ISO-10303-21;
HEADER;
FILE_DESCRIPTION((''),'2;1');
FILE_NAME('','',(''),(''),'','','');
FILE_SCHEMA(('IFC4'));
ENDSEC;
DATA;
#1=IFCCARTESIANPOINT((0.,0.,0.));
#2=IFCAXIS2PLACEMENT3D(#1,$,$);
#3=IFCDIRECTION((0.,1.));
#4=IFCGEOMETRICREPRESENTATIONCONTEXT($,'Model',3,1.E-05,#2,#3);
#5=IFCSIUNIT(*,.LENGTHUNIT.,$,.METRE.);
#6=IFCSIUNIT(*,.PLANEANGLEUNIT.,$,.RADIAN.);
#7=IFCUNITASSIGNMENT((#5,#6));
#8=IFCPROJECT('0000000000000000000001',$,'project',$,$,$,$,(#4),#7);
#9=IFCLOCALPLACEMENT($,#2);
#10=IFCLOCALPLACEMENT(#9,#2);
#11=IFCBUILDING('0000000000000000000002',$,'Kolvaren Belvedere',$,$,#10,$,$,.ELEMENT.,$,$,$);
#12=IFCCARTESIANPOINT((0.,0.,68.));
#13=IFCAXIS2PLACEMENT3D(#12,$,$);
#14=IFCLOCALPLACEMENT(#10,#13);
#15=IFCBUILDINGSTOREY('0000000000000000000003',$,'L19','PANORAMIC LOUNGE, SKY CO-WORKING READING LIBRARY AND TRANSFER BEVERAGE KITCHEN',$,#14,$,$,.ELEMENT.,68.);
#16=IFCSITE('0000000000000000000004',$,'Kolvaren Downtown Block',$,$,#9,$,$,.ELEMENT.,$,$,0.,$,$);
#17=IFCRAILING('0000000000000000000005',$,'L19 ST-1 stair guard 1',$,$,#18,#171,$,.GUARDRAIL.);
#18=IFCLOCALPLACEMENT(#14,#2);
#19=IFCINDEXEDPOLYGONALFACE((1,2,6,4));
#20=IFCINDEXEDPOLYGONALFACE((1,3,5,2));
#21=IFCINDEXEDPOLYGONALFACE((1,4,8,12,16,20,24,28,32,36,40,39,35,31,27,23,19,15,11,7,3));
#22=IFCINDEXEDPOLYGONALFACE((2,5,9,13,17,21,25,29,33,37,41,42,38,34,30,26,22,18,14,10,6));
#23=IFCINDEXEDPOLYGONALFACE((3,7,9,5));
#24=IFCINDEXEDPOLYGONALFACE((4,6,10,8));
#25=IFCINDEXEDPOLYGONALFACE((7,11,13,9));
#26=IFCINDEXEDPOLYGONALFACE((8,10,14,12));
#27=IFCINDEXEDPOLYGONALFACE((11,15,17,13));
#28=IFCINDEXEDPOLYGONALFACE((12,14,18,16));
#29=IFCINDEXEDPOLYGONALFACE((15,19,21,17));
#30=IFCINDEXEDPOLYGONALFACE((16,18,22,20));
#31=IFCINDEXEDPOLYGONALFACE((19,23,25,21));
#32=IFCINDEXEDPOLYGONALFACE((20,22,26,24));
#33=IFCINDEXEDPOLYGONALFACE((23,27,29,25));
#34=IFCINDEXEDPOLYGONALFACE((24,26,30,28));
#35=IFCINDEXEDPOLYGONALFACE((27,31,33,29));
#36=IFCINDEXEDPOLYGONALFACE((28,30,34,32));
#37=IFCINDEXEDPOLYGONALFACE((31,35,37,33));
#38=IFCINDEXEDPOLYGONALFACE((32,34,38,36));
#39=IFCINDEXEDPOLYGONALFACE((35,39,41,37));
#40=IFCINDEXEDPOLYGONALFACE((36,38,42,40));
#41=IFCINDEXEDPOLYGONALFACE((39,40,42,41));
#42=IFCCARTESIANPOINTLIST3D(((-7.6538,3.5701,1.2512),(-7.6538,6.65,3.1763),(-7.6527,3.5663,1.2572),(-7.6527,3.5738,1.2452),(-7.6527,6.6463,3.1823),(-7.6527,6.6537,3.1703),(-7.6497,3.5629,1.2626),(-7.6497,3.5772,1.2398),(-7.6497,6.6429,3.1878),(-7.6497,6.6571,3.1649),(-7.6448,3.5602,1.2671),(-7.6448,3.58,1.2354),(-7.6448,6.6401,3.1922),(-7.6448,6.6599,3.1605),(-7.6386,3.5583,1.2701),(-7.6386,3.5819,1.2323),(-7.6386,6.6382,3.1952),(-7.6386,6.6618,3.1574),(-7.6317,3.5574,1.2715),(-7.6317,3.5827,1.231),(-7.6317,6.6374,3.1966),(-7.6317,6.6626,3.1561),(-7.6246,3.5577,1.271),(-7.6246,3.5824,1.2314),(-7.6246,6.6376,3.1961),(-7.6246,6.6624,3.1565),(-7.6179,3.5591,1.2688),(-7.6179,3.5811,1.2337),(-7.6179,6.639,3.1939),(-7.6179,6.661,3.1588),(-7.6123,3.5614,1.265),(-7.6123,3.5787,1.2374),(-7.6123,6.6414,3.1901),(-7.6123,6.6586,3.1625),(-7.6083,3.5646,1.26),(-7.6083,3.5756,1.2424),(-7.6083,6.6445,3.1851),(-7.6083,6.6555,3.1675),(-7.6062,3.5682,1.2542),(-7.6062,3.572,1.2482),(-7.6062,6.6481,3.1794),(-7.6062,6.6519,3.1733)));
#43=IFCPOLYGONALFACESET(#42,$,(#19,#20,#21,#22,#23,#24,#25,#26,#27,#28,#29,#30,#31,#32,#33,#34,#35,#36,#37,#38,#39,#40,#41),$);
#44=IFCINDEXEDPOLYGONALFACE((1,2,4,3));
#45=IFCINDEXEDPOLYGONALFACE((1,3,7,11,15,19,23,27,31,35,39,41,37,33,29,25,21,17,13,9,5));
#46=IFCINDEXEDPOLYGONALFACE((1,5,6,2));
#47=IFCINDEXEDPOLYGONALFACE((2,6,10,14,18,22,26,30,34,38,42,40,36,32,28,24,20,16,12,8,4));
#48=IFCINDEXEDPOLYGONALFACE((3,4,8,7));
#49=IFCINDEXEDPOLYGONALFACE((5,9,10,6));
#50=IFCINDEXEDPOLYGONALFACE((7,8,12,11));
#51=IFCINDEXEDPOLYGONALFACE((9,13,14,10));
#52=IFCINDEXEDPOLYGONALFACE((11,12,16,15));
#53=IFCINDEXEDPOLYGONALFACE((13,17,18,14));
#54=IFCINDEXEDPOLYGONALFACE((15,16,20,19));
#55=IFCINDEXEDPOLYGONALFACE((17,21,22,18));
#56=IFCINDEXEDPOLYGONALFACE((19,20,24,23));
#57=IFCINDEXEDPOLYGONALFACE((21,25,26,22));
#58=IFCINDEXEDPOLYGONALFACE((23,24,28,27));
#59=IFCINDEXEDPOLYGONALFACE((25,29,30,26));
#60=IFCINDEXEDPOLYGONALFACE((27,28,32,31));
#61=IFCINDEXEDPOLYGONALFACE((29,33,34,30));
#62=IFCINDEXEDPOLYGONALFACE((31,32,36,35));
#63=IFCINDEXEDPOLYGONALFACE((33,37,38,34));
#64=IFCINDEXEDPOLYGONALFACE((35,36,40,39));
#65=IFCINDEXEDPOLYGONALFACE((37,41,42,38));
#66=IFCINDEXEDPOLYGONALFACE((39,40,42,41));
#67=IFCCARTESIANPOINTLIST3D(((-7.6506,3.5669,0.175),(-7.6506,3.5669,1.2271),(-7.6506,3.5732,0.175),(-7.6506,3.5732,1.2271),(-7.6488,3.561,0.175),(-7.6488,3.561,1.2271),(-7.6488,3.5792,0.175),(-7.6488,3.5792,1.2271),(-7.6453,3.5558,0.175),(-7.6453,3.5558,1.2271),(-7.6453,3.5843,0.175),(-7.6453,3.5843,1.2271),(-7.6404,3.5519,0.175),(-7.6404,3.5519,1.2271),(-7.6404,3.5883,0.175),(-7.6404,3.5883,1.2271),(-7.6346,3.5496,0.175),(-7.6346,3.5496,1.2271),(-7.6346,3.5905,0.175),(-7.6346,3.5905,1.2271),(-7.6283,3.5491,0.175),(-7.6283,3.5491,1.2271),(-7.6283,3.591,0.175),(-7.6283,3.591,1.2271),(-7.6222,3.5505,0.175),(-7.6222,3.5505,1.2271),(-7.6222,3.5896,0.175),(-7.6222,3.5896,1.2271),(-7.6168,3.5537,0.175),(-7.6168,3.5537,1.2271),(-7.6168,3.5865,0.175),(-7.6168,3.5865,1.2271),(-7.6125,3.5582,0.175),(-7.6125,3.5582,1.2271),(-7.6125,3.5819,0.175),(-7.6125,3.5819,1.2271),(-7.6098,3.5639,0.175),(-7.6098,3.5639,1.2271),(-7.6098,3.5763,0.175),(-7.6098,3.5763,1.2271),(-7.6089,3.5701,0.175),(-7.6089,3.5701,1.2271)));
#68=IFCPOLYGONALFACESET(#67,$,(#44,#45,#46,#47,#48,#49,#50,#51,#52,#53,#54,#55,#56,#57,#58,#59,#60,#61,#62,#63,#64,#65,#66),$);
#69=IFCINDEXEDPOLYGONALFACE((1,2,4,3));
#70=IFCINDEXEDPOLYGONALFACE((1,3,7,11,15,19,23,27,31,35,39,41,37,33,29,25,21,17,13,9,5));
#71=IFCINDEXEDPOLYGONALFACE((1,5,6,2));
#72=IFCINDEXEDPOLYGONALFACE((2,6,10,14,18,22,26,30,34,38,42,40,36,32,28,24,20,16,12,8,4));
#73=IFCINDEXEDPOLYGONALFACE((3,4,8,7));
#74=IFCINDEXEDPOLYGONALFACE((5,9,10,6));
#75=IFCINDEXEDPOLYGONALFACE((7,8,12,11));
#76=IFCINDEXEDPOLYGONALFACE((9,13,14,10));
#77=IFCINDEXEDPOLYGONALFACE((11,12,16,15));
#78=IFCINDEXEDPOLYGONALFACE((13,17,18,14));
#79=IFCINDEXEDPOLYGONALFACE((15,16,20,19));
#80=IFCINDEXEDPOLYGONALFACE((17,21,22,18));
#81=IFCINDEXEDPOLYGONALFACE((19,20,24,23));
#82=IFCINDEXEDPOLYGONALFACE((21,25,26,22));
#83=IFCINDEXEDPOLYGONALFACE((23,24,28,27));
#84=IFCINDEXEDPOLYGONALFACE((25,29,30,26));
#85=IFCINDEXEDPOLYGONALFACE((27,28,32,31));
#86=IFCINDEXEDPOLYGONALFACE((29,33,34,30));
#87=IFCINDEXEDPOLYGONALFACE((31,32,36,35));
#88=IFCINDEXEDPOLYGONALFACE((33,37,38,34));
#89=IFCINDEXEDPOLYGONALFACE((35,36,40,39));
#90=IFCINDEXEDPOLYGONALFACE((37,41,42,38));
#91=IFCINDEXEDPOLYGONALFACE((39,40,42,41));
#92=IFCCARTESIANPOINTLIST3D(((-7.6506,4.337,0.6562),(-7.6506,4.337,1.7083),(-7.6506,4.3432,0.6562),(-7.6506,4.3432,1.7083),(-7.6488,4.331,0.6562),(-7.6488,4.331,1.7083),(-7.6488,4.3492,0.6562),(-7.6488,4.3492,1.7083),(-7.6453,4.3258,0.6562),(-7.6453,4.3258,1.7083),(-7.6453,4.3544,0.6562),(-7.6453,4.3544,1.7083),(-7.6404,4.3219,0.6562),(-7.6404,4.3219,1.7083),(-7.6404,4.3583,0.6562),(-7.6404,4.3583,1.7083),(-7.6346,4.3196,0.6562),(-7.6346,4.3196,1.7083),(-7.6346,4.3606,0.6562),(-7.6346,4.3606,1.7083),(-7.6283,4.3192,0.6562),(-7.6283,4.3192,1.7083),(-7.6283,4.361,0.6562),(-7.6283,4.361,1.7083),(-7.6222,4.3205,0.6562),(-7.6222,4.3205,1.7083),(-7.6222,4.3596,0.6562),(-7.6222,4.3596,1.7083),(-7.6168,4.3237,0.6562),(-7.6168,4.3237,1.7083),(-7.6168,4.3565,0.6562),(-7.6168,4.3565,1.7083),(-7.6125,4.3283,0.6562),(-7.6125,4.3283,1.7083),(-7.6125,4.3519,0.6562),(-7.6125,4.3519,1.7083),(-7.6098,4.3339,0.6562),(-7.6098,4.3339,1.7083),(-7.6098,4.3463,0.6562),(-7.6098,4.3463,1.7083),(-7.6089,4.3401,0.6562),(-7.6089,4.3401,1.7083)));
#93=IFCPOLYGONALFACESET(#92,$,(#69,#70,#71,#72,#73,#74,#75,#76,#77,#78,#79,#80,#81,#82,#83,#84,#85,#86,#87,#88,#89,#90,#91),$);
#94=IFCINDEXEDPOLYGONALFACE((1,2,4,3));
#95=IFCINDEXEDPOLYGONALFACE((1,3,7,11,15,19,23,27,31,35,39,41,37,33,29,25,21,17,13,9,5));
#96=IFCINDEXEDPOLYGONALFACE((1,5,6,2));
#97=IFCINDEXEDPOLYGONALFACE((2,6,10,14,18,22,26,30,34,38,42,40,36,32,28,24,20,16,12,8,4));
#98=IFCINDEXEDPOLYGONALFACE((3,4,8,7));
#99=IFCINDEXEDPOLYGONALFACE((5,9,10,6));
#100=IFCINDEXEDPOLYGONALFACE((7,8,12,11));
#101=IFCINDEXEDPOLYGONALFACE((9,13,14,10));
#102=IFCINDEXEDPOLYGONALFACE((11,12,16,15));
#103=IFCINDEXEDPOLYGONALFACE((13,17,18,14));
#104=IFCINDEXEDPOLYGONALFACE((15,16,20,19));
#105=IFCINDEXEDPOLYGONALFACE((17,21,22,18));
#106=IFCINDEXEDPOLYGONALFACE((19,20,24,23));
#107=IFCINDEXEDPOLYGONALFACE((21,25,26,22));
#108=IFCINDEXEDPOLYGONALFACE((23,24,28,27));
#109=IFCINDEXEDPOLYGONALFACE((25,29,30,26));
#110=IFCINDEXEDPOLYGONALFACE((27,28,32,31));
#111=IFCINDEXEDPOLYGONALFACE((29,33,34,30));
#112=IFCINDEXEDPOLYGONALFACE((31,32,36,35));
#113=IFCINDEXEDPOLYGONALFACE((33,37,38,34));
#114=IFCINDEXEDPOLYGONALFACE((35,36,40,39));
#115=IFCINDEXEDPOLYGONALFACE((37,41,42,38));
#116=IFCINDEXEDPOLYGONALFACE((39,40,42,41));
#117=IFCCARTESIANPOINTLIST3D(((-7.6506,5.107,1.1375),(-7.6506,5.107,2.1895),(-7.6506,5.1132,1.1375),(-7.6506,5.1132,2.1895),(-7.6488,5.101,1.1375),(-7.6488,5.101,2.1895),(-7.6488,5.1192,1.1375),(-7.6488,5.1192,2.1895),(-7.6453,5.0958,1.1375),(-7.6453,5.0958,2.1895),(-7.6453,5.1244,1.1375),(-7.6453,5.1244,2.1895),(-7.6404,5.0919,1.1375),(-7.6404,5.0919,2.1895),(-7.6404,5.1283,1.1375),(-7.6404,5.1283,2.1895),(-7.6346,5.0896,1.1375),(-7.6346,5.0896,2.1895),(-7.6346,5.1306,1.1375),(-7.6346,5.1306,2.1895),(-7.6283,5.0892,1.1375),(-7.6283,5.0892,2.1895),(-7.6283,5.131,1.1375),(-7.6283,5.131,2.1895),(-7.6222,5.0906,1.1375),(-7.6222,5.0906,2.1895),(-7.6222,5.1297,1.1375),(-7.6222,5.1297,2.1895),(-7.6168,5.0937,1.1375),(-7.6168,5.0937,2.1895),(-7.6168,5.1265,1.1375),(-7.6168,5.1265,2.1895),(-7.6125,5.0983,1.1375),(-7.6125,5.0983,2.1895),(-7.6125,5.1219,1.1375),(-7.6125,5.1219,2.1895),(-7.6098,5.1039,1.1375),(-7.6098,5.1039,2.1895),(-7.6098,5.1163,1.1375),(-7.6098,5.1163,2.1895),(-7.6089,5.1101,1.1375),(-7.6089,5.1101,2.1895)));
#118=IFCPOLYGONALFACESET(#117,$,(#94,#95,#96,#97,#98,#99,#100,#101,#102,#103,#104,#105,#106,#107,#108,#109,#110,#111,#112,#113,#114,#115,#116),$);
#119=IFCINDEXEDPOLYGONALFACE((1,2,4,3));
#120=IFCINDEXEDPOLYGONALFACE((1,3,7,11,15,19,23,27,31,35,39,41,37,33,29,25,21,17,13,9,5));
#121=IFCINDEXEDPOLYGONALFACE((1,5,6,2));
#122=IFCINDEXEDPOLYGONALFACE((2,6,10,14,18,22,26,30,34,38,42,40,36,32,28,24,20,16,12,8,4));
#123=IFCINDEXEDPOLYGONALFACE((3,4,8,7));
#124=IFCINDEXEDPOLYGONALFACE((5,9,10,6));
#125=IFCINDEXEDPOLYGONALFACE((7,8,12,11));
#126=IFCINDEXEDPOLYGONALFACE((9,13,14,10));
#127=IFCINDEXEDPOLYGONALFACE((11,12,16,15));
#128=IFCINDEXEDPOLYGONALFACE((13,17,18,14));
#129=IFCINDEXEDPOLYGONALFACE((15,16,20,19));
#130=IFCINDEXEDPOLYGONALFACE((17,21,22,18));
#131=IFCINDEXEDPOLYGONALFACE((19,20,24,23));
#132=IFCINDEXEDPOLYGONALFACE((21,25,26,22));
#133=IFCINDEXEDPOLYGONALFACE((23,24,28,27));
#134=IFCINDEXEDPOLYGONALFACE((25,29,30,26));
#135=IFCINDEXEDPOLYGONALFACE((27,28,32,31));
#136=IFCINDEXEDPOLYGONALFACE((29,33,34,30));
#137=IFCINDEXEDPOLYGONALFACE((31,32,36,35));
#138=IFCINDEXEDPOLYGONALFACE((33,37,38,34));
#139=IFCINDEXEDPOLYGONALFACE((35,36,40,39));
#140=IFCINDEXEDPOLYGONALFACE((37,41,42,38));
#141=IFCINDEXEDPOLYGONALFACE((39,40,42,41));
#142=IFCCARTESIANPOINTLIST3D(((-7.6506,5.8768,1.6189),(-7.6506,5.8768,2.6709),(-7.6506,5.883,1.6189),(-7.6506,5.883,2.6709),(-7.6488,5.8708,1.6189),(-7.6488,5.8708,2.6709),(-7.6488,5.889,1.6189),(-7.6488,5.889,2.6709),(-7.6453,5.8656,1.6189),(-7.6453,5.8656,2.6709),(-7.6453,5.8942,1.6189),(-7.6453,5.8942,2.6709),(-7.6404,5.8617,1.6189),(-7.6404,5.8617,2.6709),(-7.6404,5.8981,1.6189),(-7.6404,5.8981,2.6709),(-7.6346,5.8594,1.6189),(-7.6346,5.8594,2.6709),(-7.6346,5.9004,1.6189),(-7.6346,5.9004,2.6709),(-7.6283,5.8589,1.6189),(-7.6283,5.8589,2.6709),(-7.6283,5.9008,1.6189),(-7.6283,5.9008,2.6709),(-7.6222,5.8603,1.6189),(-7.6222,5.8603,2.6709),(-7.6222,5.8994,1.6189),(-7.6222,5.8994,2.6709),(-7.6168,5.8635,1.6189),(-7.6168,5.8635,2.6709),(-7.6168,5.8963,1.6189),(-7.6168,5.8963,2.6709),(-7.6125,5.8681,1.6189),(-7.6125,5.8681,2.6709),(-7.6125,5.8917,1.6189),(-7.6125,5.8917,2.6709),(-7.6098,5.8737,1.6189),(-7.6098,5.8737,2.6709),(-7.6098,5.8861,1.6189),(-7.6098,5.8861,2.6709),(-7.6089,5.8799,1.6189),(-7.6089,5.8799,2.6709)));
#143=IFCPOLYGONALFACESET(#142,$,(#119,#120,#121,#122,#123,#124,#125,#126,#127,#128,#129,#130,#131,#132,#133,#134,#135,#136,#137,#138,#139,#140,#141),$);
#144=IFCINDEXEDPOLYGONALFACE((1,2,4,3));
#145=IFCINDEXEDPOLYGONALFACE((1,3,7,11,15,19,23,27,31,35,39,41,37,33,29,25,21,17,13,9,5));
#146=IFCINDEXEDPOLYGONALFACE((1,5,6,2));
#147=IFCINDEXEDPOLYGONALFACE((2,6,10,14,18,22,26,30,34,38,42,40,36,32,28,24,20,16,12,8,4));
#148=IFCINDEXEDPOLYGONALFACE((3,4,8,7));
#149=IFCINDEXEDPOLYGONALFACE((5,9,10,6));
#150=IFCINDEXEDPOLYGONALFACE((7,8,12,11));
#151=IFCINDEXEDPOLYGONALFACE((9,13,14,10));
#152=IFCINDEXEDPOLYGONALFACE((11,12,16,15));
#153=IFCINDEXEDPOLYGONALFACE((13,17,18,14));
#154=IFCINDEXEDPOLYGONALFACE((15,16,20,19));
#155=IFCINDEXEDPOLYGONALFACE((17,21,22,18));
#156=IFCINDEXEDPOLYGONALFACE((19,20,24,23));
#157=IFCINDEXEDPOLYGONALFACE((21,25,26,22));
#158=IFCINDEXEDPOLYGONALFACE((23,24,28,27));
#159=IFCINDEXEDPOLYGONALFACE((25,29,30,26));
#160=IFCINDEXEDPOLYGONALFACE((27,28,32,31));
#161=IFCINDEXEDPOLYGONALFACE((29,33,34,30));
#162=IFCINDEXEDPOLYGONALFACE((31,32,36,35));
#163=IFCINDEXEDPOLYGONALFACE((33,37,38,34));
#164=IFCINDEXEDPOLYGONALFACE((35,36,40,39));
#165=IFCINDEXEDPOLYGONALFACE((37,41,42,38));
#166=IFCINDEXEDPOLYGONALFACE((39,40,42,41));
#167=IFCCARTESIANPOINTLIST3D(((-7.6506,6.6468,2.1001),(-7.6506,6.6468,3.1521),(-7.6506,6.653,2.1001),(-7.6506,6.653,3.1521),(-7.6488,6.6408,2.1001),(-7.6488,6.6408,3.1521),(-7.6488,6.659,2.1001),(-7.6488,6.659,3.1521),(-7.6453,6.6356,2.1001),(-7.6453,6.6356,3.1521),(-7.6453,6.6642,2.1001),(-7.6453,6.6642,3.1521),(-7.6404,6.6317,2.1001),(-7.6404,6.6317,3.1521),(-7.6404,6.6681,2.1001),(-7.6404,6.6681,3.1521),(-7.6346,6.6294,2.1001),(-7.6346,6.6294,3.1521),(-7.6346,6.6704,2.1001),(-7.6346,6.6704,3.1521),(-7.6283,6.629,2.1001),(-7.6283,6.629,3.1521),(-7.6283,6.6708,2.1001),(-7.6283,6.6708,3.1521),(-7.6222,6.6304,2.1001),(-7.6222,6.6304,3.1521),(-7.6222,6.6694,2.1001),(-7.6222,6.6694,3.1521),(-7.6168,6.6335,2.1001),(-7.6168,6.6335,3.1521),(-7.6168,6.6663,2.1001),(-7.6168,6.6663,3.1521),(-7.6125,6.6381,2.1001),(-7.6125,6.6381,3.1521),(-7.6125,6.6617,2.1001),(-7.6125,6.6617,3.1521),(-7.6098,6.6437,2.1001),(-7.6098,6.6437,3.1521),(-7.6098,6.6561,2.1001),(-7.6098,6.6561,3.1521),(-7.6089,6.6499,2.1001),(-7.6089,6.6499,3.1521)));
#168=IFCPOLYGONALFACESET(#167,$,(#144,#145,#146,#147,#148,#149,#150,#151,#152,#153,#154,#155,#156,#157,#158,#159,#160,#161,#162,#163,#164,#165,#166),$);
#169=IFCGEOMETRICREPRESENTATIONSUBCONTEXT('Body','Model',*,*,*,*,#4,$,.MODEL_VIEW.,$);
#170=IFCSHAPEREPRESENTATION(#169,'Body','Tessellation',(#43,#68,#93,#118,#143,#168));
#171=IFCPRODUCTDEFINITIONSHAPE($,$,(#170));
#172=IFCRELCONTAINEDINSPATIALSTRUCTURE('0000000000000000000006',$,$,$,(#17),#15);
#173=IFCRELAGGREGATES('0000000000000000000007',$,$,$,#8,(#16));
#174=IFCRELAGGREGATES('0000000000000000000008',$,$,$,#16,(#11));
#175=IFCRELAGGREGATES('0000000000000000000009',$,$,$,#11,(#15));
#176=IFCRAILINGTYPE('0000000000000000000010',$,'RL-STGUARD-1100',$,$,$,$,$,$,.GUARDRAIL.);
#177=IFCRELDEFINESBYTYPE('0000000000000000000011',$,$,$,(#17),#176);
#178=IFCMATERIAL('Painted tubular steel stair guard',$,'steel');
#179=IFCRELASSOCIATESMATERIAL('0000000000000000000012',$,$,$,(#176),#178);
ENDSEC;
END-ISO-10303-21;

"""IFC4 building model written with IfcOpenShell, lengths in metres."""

from ifc_helpers import new_model, si_unit, direction, frame, origin, origin_2d, place, context, subcontext, project, spatial, circle, extrude, material, type_object, element, save


model = new_model("IFC4")

# Units and contexts
model_context = context("Model", 3, precision=1e-05, world=origin(), true_north=direction((0.0, 1.0)))
body_context = subcontext(model_context, "Body", "Model", "MODEL_VIEW")
ifc_project = project(units=[si_unit("LENGTHUNIT", "METRE"), si_unit("PLANEANGLEUNIT", "RADIAN")], contexts=[model_context])

# Site, building, storey
site_placement = place(None, origin())
site = spatial("IfcSite", under=ifc_project, at=site_placement, Name="Kolvaren Downtown Block", CompositionType="ELEMENT", RefElevation=0.0)
building_placement = place(site_placement, origin())
building = spatial("IfcBuilding", under=site, at=building_placement, Name="Kolvaren Belvedere", CompositionType="ELEMENT")
storey_placement = place(building_placement, frame((0.0, 0.0, 68.0)))
storey = spatial("IfcBuildingStorey", under=building, at=storey_placement, Name="L19", Description="PANORAMIC LOUNGE, SKY CO-WORKING READING LIBRARY AND TRANSFER BEVERAGE KITCHEN", CompositionType="ELEMENT", Elevation=68.0)

# Railing
ifc_material_1 = material(Name="Painted tubular steel stair guard", Category="steel")
railing_type_1 = type_object("IfcRailingType", Name="RL-STGUARD-1100", PredefinedType="GUARDRAIL", material=ifc_material_1)
railing_1_placement = place(storey_placement, frame((-7.6299, 3.5701, 0.175)))
element("IfcRailing", 1, at=railing_1_placement, inside=storey, type_object=railing_type_1, Name="L19 ST-1 stair guard 1", PredefinedType="GUARDRAIL", context=body_context, shape_type="SweptSolid", body=[
    extrude(circle(Radius=0.0239, at=origin_2d()), frame((0.0, 0.0, 1.0762), z_axis=(0.0, 0.847979, 0.530029), x_axis=(-1.0, 0.0, 0.0)), (0.0, 0.0, 1.0), 3.6321),
    extrude(circle(Radius=0.021, at=origin_2d()), origin(), (0.0, 0.0, 1.0), 1.052),
    extrude(circle(Radius=0.021, at=origin_2d()), frame((0.0, 0.77, 0.4812)), (0.0, 0.0, 1.0), 1.052),
    extrude(circle(Radius=0.021, at=origin_2d()), frame((0.0, 1.54, 0.9624)), (0.0, 0.0, 1.0), 1.052),
    extrude(circle(Radius=0.021, at=origin_2d()), frame((0.0, 2.3098, 1.4438)), (0.0, 0.0, 1.0), 1.052),
    extrude(circle(Radius=0.021, at=origin_2d()), frame((0.0, 3.0798, 1.925)), (0.0, 0.0, 1.0), 1.052),
])

save(model, "model.ifc")
